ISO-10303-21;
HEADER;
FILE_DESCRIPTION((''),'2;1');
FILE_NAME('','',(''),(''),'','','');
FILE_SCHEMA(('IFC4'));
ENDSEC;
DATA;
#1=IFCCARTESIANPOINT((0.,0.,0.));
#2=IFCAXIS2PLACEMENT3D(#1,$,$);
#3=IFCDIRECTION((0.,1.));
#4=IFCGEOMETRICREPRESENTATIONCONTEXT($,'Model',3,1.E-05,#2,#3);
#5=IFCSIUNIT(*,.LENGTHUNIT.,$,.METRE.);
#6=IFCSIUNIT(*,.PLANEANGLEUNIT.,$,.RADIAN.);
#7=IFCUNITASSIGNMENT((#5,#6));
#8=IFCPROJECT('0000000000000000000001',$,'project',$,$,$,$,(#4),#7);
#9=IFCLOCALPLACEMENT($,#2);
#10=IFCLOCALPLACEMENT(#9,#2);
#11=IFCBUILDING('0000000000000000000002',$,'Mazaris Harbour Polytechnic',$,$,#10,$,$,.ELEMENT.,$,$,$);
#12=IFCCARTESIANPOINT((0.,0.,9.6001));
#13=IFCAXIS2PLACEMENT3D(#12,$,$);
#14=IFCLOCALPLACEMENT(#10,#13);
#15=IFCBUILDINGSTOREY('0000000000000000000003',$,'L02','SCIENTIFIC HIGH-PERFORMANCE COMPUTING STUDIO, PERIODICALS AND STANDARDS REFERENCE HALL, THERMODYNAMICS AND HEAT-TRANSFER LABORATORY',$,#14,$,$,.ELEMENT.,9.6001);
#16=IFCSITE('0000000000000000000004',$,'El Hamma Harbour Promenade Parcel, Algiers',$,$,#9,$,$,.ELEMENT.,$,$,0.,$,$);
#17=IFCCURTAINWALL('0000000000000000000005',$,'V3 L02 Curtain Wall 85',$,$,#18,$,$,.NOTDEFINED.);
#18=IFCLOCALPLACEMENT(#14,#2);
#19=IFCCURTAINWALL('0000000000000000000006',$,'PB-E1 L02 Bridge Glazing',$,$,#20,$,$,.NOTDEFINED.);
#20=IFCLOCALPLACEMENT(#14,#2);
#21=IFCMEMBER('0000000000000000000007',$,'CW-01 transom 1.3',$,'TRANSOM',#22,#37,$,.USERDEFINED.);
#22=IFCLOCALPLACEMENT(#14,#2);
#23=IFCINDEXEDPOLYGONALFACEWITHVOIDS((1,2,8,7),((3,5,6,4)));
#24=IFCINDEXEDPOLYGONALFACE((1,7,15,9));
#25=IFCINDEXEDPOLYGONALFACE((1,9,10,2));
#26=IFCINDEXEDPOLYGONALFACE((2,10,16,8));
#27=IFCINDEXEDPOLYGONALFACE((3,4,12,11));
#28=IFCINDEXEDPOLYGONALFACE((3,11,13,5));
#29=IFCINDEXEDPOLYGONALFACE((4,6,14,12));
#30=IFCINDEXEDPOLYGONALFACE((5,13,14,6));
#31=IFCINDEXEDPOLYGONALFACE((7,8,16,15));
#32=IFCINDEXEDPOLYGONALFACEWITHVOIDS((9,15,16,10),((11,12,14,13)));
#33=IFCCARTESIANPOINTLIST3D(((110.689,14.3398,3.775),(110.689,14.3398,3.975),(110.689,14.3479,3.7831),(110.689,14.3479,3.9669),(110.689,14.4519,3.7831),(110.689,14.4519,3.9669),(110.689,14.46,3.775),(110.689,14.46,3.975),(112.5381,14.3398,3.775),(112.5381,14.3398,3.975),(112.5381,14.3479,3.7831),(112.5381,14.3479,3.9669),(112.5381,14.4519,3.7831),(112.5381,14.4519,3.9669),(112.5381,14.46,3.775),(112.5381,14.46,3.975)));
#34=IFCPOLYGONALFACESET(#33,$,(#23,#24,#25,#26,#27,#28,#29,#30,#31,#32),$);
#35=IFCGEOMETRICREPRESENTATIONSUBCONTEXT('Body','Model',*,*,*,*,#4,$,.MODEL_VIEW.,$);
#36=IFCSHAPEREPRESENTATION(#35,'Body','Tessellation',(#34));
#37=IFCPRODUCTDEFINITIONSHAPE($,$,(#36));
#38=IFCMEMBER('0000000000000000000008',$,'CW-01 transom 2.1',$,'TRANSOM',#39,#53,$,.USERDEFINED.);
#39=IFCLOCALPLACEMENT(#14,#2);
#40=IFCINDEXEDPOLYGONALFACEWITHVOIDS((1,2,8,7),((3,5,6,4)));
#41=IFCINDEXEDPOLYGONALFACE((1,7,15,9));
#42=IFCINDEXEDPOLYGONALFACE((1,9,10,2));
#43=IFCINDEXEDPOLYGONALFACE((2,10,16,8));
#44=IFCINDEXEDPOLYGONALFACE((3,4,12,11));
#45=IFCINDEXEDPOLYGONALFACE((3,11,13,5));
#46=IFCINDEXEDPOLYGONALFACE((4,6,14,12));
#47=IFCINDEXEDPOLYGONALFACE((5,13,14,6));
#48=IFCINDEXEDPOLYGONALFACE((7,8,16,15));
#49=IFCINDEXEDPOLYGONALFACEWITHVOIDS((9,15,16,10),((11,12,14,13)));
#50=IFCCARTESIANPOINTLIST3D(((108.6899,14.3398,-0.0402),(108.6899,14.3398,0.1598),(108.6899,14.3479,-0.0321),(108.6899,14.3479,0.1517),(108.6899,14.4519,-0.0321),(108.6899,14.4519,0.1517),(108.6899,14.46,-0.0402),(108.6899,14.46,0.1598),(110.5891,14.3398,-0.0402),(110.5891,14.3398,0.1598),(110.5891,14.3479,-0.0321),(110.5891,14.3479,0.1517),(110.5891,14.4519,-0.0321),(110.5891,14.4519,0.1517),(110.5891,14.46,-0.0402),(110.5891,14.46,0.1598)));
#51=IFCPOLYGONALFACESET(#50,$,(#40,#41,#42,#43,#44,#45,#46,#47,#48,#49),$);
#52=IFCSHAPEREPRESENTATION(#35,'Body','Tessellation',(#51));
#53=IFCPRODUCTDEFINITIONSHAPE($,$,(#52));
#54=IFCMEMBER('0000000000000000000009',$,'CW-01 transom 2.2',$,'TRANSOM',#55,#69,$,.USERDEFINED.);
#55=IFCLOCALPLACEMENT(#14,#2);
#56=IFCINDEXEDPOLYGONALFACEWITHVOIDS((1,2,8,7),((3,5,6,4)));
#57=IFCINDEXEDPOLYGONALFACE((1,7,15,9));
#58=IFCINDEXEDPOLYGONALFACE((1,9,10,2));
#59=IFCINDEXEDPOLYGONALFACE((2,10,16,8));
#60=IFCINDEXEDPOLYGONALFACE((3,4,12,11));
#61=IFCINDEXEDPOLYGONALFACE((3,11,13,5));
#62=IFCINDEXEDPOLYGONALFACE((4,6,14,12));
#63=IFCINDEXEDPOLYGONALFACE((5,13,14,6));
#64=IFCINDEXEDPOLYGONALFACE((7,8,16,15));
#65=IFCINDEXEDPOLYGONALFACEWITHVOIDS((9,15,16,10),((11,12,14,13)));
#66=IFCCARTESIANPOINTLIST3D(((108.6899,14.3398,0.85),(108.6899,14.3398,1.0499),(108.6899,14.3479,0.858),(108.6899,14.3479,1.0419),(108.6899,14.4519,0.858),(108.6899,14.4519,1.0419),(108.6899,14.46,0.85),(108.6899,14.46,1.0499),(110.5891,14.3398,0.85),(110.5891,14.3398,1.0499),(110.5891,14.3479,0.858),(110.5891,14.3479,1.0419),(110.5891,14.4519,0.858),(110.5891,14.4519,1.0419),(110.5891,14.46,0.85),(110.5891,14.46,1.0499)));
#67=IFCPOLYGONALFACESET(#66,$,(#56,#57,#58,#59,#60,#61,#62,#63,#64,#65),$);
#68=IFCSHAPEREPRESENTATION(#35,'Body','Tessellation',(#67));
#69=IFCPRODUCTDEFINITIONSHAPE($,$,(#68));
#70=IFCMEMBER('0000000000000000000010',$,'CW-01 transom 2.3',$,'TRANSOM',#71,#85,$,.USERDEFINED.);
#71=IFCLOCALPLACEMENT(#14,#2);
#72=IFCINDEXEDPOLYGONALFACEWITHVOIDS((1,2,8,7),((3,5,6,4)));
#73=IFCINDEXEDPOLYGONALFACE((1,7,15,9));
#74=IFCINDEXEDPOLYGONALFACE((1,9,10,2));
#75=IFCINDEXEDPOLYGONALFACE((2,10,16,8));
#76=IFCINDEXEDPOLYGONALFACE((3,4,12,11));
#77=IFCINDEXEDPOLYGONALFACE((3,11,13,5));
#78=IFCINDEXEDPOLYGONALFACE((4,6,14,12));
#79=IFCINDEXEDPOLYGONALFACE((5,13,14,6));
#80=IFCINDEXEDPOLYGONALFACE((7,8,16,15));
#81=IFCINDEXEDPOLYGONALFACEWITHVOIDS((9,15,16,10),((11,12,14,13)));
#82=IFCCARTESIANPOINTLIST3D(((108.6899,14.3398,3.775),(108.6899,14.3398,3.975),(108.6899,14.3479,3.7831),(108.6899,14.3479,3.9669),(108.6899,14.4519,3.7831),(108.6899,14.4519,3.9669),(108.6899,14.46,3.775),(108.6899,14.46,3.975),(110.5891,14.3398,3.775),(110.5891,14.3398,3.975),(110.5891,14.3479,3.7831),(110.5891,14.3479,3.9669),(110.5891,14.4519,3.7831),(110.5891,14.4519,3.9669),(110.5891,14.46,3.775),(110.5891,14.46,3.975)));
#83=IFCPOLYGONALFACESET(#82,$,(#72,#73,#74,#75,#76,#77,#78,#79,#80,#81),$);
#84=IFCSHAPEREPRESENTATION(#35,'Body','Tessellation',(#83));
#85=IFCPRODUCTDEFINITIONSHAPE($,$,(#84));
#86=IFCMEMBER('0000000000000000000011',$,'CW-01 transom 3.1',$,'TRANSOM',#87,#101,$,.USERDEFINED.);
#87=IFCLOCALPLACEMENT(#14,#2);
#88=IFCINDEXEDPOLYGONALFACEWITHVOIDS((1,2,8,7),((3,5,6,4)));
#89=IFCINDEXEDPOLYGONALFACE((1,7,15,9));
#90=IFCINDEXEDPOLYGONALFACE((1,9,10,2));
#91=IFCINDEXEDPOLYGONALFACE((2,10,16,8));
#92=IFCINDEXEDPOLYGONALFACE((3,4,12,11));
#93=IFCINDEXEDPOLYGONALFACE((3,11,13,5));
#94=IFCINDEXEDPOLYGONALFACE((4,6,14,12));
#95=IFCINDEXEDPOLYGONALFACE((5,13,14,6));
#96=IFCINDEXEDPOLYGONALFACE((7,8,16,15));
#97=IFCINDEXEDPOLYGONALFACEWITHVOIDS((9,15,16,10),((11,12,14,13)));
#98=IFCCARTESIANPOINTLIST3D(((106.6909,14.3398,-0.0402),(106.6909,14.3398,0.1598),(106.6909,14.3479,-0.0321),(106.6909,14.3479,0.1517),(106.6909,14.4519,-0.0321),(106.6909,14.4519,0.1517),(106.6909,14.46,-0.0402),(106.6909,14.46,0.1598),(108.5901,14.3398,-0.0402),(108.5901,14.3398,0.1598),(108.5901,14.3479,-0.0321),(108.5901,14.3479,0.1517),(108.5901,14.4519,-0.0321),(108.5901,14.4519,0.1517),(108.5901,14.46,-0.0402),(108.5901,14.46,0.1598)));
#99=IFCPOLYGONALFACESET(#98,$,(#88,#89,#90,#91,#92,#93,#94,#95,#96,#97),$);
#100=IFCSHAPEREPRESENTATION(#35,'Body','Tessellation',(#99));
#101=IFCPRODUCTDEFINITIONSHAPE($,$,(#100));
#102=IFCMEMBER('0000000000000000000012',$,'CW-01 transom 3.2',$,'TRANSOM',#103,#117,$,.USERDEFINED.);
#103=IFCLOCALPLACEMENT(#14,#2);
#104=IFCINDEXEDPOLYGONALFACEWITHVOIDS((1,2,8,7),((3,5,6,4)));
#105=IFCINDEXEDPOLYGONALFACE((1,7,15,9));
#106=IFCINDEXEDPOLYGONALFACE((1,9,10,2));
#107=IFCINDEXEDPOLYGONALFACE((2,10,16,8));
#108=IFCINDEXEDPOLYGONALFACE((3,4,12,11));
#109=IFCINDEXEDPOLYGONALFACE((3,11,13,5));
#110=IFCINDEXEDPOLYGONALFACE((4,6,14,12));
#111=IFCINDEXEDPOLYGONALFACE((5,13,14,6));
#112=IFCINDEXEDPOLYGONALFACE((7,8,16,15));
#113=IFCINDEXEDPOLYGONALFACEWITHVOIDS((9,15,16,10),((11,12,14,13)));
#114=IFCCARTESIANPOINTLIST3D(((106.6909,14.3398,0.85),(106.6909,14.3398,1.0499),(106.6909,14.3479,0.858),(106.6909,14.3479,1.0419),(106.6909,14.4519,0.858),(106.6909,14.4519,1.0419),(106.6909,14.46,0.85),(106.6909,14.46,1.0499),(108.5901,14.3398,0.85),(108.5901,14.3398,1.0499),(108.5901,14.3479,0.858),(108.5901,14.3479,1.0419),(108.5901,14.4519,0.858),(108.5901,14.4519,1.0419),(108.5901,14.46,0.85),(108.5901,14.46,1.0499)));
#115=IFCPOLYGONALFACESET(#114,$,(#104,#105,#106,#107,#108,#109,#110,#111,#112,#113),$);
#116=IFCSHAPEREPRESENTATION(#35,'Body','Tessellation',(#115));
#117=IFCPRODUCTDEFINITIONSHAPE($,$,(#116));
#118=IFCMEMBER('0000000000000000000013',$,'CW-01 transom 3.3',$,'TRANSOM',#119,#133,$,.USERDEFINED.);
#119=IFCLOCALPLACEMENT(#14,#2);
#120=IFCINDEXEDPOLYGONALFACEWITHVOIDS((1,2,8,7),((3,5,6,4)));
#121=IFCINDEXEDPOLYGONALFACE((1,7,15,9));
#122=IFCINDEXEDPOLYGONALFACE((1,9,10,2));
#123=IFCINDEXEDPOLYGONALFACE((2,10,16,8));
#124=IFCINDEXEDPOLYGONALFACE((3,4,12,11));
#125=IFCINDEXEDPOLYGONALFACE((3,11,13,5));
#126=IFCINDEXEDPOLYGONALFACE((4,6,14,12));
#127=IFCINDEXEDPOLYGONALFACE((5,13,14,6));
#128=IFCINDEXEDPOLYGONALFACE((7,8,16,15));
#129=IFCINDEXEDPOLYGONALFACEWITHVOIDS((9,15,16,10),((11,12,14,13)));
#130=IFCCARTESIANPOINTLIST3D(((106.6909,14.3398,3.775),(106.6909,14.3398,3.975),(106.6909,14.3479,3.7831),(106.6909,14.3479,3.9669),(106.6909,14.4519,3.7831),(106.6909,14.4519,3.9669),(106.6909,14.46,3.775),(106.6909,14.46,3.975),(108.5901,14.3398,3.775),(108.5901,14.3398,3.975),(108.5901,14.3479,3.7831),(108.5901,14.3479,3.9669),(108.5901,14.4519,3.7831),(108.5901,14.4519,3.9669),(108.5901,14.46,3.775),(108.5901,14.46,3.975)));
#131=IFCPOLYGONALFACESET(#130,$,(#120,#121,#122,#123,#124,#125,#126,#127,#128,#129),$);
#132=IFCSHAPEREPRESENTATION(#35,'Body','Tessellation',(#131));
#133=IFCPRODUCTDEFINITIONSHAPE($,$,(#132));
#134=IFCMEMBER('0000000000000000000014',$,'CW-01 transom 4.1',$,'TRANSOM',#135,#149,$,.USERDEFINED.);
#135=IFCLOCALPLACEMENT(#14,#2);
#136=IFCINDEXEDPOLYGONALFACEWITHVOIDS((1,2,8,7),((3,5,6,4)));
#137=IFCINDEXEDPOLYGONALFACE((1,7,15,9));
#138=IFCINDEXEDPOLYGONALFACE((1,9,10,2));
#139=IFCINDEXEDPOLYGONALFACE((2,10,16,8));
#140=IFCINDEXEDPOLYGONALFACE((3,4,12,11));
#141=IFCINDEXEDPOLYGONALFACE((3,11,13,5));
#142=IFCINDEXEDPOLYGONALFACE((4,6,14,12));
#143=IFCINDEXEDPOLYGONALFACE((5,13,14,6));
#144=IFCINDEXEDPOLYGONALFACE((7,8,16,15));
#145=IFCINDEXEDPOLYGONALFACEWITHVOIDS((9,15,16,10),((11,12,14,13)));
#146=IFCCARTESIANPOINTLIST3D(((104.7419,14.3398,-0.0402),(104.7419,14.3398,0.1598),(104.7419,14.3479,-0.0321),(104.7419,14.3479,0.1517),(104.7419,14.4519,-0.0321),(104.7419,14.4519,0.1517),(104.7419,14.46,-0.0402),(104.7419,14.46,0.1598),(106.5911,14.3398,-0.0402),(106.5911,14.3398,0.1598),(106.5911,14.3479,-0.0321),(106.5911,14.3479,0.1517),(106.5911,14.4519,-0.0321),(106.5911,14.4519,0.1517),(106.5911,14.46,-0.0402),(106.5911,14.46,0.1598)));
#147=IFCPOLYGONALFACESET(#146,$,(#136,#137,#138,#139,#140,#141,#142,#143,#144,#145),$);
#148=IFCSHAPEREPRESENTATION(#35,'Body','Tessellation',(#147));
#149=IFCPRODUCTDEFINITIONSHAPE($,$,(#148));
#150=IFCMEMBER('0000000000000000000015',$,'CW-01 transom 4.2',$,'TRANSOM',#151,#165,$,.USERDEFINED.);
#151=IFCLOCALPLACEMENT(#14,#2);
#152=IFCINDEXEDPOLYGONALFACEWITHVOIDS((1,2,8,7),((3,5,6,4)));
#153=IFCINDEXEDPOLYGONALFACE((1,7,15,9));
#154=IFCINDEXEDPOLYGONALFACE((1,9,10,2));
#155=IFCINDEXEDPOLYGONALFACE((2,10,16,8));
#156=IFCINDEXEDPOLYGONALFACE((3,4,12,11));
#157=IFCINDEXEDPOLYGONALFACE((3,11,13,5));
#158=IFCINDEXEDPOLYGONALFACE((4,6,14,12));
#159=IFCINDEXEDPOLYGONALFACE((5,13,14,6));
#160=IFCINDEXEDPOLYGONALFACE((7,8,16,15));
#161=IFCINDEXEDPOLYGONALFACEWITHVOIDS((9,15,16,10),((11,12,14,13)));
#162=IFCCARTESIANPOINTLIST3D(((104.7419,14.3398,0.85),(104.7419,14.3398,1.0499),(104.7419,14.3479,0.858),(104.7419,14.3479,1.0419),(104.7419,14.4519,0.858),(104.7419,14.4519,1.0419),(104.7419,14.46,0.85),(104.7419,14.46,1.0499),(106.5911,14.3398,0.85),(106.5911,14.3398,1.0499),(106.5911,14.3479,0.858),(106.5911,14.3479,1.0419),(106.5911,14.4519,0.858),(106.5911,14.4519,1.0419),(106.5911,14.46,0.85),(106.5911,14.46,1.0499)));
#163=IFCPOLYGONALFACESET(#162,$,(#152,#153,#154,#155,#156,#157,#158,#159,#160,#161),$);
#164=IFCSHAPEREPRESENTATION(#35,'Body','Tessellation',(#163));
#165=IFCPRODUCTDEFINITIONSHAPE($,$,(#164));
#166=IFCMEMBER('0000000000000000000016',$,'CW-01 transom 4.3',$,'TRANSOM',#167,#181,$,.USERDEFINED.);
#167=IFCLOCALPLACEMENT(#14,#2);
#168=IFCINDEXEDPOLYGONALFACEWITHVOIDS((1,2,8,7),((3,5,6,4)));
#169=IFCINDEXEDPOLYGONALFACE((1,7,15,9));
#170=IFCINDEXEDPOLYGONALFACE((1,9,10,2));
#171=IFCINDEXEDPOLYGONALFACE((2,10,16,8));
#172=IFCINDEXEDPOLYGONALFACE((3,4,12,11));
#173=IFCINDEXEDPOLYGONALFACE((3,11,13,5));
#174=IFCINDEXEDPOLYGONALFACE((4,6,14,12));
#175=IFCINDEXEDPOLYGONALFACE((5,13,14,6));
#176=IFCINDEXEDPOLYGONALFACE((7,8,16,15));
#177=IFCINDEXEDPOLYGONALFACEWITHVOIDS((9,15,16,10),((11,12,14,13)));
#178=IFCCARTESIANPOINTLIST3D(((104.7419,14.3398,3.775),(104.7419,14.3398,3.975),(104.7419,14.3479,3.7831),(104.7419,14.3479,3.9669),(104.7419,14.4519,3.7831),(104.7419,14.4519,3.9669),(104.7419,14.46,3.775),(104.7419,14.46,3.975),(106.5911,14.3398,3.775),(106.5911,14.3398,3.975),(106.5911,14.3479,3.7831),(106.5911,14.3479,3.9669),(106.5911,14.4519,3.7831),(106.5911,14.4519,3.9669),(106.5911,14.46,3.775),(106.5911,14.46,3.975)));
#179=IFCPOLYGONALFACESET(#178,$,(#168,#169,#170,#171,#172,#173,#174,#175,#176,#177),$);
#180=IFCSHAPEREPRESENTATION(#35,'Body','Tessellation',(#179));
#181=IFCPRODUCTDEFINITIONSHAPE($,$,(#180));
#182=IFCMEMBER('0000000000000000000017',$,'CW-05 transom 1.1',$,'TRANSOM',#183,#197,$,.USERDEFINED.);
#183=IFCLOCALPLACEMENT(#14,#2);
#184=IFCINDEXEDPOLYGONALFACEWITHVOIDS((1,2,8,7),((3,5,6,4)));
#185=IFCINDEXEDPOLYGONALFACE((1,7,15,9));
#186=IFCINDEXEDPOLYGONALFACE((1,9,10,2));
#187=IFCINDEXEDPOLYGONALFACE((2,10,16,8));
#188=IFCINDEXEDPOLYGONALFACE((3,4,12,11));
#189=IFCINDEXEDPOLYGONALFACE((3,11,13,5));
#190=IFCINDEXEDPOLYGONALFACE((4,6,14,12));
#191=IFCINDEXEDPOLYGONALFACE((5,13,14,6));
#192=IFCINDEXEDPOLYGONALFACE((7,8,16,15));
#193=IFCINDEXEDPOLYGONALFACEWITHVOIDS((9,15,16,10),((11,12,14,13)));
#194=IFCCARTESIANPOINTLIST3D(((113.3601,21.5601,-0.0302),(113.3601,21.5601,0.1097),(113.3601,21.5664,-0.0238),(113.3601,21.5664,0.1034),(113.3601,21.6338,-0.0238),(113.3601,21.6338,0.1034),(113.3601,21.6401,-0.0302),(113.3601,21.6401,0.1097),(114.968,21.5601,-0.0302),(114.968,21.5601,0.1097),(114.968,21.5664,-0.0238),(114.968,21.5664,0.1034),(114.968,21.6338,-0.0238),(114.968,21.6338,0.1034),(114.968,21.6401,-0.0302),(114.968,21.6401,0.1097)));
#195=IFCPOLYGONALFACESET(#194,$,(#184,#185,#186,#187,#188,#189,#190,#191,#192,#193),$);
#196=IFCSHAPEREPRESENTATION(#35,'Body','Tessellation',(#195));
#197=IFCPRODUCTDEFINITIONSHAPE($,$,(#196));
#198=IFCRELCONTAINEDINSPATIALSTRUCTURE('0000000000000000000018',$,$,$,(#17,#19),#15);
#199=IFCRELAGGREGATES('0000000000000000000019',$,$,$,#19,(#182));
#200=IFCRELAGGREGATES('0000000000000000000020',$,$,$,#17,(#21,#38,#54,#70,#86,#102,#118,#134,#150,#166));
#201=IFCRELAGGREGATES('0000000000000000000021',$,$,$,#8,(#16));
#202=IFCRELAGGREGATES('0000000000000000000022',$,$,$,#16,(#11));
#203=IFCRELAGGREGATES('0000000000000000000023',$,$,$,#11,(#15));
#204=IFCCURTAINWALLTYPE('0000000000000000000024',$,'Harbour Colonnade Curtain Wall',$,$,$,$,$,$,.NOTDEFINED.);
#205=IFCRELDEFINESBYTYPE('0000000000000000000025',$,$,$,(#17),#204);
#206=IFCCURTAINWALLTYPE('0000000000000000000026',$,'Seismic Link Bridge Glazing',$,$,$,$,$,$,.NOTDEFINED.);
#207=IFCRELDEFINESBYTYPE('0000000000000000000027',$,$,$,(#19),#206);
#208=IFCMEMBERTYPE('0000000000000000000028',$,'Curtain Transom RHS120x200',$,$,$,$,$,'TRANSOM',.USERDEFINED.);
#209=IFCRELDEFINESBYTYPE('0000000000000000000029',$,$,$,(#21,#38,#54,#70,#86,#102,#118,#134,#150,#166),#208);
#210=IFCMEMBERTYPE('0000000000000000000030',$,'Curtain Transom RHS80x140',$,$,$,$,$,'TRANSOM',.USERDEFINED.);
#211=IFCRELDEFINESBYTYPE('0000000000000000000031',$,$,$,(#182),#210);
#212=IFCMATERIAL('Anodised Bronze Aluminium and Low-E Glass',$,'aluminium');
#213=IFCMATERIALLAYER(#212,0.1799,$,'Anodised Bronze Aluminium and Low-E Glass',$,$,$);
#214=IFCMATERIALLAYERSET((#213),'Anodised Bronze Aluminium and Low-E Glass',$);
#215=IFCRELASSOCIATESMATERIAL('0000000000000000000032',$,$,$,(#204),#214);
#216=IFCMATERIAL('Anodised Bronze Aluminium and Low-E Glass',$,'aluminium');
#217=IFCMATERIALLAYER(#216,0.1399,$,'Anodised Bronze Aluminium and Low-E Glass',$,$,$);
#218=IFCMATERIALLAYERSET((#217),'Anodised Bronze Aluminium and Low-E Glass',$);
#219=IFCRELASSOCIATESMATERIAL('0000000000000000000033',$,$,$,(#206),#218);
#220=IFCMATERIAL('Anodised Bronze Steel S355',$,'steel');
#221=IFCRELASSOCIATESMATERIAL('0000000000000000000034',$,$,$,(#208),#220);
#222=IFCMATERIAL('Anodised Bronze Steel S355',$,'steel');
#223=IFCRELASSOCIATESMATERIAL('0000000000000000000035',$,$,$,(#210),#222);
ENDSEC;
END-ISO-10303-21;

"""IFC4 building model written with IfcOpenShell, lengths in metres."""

from ifc_helpers import new_model, si_unit, direction, frame, origin, origin_2d, place, context, subcontext, project, spatial, hollow_rectangle, extrude, material, layer, layer_set, material_profile, profile_set, type_object, element, aggregate, save


model = new_model("IFC4")

# Units and contexts
model_context = context("Model", 3, precision=1e-05, world=origin(), true_north=direction((0.0, 1.0)))
body_context = subcontext(model_context, "Body", "Model", "MODEL_VIEW")
ifc_project = project(units=[si_unit("LENGTHUNIT", "METRE"), si_unit("PLANEANGLEUNIT", "RADIAN")], contexts=[model_context])

# Site, building, storey
site_placement = place(None, origin())
site = spatial("IfcSite", under=ifc_project, at=site_placement, Name="El Hamma Harbour Promenade Parcel, Algiers", CompositionType="ELEMENT", RefElevation=0.0)
building_placement = place(site_placement, origin())
building = spatial("IfcBuilding", under=site, at=building_placement, Name="Mazaris Harbour Polytechnic", CompositionType="ELEMENT")
storey_placement = place(building_placement, frame((0.0, 0.0, 9.6001)))
storey = spatial("IfcBuildingStorey", under=building, at=storey_placement, Name="L02", Description="SCIENTIFIC HIGH-PERFORMANCE COMPUTING STUDIO, PERIODICALS AND STANDARDS REFERENCE HALL, THERMODYNAMICS AND HEAT-TRANSFER LABORATORY", CompositionType="ELEMENT", Elevation=9.6001)

# Curtain wall
ifc_material_1 = material(Name="Anodised Bronze Aluminium and Low-E Glass", Category="aluminium")
ifc_layer_1 = layer(ifc_material_1, 0.1799, Name="Anodised Bronze Aluminium and Low-E Glass")
ifc_layer_set_1 = layer_set([ifc_layer_1], Name="Anodised Bronze Aluminium and Low-E Glass")
curtain_wall_type_1 = type_object("IfcCurtainWallType", Name="Harbour Colonnade Curtain Wall", PredefinedType="NOTDEFINED", material=ifc_layer_set_1)
curtain_wall_1_placement = place(storey_placement, origin())
curtain_wall_1 = element("IfcCurtainWall", 1, at=curtain_wall_1_placement, inside=storey, type_object=curtain_wall_type_1, Name="V3 L02 Curtain Wall 85", PredefinedType="NOTDEFINED")

# Curtain wall
ifc_material_2 = material(Name="Anodised Bronze Aluminium and Low-E Glass", Category="aluminium")
ifc_layer_2 = layer(ifc_material_2, 0.1399, Name="Anodised Bronze Aluminium and Low-E Glass")
ifc_layer_set_2 = layer_set([ifc_layer_2], Name="Anodised Bronze Aluminium and Low-E Glass")
curtain_wall_type_2 = type_object("IfcCurtainWallType", Name="Seismic Link Bridge Glazing", PredefinedType="NOTDEFINED", material=ifc_layer_set_2)
curtain_wall_2_placement = place(storey_placement, origin())
curtain_wall_2 = element("IfcCurtainWall", 2, at=curtain_wall_2_placement, inside=storey, type_object=curtain_wall_type_2, Name="PB-E1 L02 Bridge Glazing", PredefinedType="NOTDEFINED")

# Members
ifc_material_3 = material(Name="Anodised Bronze Steel S355", Category="steel")
ifc_material_profile_1 = material_profile(ifc_material_3, hollow_rectangle(XDim=0.1201, YDim=0.2, WallThickness=0.0081, at=origin_2d()), Name="RHS 120x200x8.0")
ifc_profile_set_1 = profile_set([ifc_material_profile_1], Name="Anodised Bronze Steel S355")
member_type_1 = type_object("IfcMemberType", Name="Curtain Transom RHS120x200", ElementType="TRANSOM", PredefinedType="USERDEFINED", material=ifc_profile_set_1)
member_1_placement = place(storey_placement, frame((112.5381, 14.3999, 3.875), z_axis=(-1.0, 0.0, 0.0), x_axis=(0.0, -1.0, 0.0)))
member_1 = element("IfcMember", 3, at=member_1_placement, type_object=member_type_1, Name="CW-01 transom 1.3", ObjectType="TRANSOM", PredefinedType="USERDEFINED", context=body_context, shape_type="SweptSolid", body=[
    extrude(hollow_rectangle(XDim=0.1201, YDim=0.2, WallThickness=0.0081, at=origin_2d()), origin(), (0.0, 0.0, 1.0), 1.8491),
])
member_2_placement = place(storey_placement, frame((110.5891, 14.3999, 0.0598), z_axis=(-1.0, 0.0, 0.0), x_axis=(0.0, -1.0, 0.0)))
member_2 = element("IfcMember", 4, at=member_2_placement, type_object=member_type_1, Name="CW-01 transom 2.1", ObjectType="TRANSOM", PredefinedType="USERDEFINED", context=body_context, shape_type="SweptSolid", body=[
    extrude(hollow_rectangle(XDim=0.1201, YDim=0.2, WallThickness=0.0081, at=origin_2d()), origin(), (0.0, 0.0, 1.0), 1.8992),
])
member_3_placement = place(storey_placement, frame((110.5891, 14.3999, 0.95), z_axis=(-1.0, 0.0, 0.0), x_axis=(0.0, -1.0, 0.0)))
member_3 = element("IfcMember", 5, at=member_3_placement, type_object=member_type_1, Name="CW-01 transom 2.2", ObjectType="TRANSOM", PredefinedType="USERDEFINED", context=body_context, shape_type="SweptSolid", body=[
    extrude(hollow_rectangle(XDim=0.1201, YDim=0.2, WallThickness=0.0081, at=origin_2d()), origin(), (0.0, 0.0, 1.0), 1.8992),
])
member_4_placement = place(storey_placement, frame((110.5891, 14.3999, 3.875), z_axis=(-1.0, 0.0, 0.0), x_axis=(0.0, -1.0, 0.0)))
member_4 = element("IfcMember", 6, at=member_4_placement, type_object=member_type_1, Name="CW-01 transom 2.3", ObjectType="TRANSOM", PredefinedType="USERDEFINED", context=body_context, shape_type="SweptSolid", body=[
    extrude(hollow_rectangle(XDim=0.1201, YDim=0.2, WallThickness=0.0081, at=origin_2d()), origin(), (0.0, 0.0, 1.0), 1.8992),
])
member_5_placement = place(storey_placement, frame((108.5901, 14.3999, 0.0598), z_axis=(-1.0, 0.0, 0.0), x_axis=(0.0, -1.0, 0.0)))
member_5 = element("IfcMember", 7, at=member_5_placement, type_object=member_type_1, Name="CW-01 transom 3.1", ObjectType="TRANSOM", PredefinedType="USERDEFINED", context=body_context, shape_type="SweptSolid", body=[
    extrude(hollow_rectangle(XDim=0.1201, YDim=0.2, WallThickness=0.0081, at=origin_2d()), origin(), (0.0, 0.0, 1.0), 1.8992),
])
member_6_placement = place(storey_placement, frame((108.5901, 14.3999, 0.95), z_axis=(-1.0, 0.0, 0.0), x_axis=(0.0, -1.0, 0.0)))
member_6 = element("IfcMember", 8, at=member_6_placement, type_object=member_type_1, Name="CW-01 transom 3.2", ObjectType="TRANSOM", PredefinedType="USERDEFINED", context=body_context, shape_type="SweptSolid", body=[
    extrude(hollow_rectangle(XDim=0.1201, YDim=0.2, WallThickness=0.0081, at=origin_2d()), origin(), (0.0, 0.0, 1.0), 1.8992),
])
member_7_placement = place(storey_placement, frame((108.5901, 14.3999, 3.875), z_axis=(-1.0, 0.0, 0.0), x_axis=(0.0, -1.0, 0.0)))
member_7 = element("IfcMember", 9, at=member_7_placement, type_object=member_type_1, Name="CW-01 transom 3.3", ObjectType="TRANSOM", PredefinedType="USERDEFINED", context=body_context, shape_type="SweptSolid", body=[
    extrude(hollow_rectangle(XDim=0.1201, YDim=0.2, WallThickness=0.0081, at=origin_2d()), origin(), (0.0, 0.0, 1.0), 1.8992),
])
member_8_placement = place(storey_placement, frame((106.5911, 14.3999, 0.0598), z_axis=(-1.0, 0.0, 0.0), x_axis=(0.0, -1.0, 0.0)))
member_8 = element("IfcMember", 10, at=member_8_placement, type_object=member_type_1, Name="CW-01 transom 4.1", ObjectType="TRANSOM", PredefinedType="USERDEFINED", context=body_context, shape_type="SweptSolid", body=[
    extrude(hollow_rectangle(XDim=0.1201, YDim=0.2, WallThickness=0.0081, at=origin_2d()), origin(), (0.0, 0.0, 1.0), 1.8491),
])
member_9_placement = place(storey_placement, frame((106.5911, 14.3999, 0.95), z_axis=(-1.0, 0.0, 0.0), x_axis=(0.0, -1.0, 0.0)))
member_9 = element("IfcMember", 11, at=member_9_placement, type_object=member_type_1, Name="CW-01 transom 4.2", ObjectType="TRANSOM", PredefinedType="USERDEFINED", context=body_context, shape_type="SweptSolid", body=[
    extrude(hollow_rectangle(XDim=0.1201, YDim=0.2, WallThickness=0.0081, at=origin_2d()), origin(), (0.0, 0.0, 1.0), 1.8491),
])
member_10_placement = place(storey_placement, frame((106.5911, 14.3999, 3.875), z_axis=(-1.0, 0.0, 0.0), x_axis=(0.0, -1.0, 0.0)))
member_10 = element("IfcMember", 12, at=member_10_placement, type_object=member_type_1, Name="CW-01 transom 4.3", ObjectType="TRANSOM", PredefinedType="USERDEFINED", context=body_context, shape_type="SweptSolid", body=[
    extrude(hollow_rectangle(XDim=0.1201, YDim=0.2, WallThickness=0.0081, at=origin_2d()), origin(), (0.0, 0.0, 1.0), 1.8491),
])
ifc_material_4 = material(Name="Anodised Bronze Steel S355", Category="steel")
ifc_material_profile_2 = material_profile(ifc_material_4, hollow_rectangle(XDim=0.0801, YDim=0.1399, WallThickness=0.0063, at=origin_2d()), Name="RHS 80x140x6.3")
ifc_profile_set_2 = profile_set([ifc_material_profile_2], Name="Anodised Bronze Steel S355")
member_type_2 = type_object("IfcMemberType", Name="Curtain Transom RHS80x140", ElementType="TRANSOM", PredefinedType="USERDEFINED", material=ifc_profile_set_2)
member_11_placement = place(storey_placement, frame((113.3601, 21.6001, 0.0398), z_axis=(1.0, 0.0, 0.0), x_axis=(0.0, 1.0, 0.0)))
member_11 = element("IfcMember", 13, at=member_11_placement, type_object=member_type_2, Name="CW-05 transom 1.1", ObjectType="TRANSOM", PredefinedType="USERDEFINED", context=body_context, shape_type="SweptSolid", body=[
    extrude(hollow_rectangle(XDim=0.0801, YDim=0.1399, WallThickness=0.0063, at=origin_2d()), origin(), (0.0, 0.0, 1.0), 1.6079),
])
aggregate(curtain_wall_2, [member_11])

aggregate(curtain_wall_1, [member_1, member_2, member_3, member_4, member_5, member_6, member_7, member_8, member_9, member_10])

save(model, "model.ifc")
